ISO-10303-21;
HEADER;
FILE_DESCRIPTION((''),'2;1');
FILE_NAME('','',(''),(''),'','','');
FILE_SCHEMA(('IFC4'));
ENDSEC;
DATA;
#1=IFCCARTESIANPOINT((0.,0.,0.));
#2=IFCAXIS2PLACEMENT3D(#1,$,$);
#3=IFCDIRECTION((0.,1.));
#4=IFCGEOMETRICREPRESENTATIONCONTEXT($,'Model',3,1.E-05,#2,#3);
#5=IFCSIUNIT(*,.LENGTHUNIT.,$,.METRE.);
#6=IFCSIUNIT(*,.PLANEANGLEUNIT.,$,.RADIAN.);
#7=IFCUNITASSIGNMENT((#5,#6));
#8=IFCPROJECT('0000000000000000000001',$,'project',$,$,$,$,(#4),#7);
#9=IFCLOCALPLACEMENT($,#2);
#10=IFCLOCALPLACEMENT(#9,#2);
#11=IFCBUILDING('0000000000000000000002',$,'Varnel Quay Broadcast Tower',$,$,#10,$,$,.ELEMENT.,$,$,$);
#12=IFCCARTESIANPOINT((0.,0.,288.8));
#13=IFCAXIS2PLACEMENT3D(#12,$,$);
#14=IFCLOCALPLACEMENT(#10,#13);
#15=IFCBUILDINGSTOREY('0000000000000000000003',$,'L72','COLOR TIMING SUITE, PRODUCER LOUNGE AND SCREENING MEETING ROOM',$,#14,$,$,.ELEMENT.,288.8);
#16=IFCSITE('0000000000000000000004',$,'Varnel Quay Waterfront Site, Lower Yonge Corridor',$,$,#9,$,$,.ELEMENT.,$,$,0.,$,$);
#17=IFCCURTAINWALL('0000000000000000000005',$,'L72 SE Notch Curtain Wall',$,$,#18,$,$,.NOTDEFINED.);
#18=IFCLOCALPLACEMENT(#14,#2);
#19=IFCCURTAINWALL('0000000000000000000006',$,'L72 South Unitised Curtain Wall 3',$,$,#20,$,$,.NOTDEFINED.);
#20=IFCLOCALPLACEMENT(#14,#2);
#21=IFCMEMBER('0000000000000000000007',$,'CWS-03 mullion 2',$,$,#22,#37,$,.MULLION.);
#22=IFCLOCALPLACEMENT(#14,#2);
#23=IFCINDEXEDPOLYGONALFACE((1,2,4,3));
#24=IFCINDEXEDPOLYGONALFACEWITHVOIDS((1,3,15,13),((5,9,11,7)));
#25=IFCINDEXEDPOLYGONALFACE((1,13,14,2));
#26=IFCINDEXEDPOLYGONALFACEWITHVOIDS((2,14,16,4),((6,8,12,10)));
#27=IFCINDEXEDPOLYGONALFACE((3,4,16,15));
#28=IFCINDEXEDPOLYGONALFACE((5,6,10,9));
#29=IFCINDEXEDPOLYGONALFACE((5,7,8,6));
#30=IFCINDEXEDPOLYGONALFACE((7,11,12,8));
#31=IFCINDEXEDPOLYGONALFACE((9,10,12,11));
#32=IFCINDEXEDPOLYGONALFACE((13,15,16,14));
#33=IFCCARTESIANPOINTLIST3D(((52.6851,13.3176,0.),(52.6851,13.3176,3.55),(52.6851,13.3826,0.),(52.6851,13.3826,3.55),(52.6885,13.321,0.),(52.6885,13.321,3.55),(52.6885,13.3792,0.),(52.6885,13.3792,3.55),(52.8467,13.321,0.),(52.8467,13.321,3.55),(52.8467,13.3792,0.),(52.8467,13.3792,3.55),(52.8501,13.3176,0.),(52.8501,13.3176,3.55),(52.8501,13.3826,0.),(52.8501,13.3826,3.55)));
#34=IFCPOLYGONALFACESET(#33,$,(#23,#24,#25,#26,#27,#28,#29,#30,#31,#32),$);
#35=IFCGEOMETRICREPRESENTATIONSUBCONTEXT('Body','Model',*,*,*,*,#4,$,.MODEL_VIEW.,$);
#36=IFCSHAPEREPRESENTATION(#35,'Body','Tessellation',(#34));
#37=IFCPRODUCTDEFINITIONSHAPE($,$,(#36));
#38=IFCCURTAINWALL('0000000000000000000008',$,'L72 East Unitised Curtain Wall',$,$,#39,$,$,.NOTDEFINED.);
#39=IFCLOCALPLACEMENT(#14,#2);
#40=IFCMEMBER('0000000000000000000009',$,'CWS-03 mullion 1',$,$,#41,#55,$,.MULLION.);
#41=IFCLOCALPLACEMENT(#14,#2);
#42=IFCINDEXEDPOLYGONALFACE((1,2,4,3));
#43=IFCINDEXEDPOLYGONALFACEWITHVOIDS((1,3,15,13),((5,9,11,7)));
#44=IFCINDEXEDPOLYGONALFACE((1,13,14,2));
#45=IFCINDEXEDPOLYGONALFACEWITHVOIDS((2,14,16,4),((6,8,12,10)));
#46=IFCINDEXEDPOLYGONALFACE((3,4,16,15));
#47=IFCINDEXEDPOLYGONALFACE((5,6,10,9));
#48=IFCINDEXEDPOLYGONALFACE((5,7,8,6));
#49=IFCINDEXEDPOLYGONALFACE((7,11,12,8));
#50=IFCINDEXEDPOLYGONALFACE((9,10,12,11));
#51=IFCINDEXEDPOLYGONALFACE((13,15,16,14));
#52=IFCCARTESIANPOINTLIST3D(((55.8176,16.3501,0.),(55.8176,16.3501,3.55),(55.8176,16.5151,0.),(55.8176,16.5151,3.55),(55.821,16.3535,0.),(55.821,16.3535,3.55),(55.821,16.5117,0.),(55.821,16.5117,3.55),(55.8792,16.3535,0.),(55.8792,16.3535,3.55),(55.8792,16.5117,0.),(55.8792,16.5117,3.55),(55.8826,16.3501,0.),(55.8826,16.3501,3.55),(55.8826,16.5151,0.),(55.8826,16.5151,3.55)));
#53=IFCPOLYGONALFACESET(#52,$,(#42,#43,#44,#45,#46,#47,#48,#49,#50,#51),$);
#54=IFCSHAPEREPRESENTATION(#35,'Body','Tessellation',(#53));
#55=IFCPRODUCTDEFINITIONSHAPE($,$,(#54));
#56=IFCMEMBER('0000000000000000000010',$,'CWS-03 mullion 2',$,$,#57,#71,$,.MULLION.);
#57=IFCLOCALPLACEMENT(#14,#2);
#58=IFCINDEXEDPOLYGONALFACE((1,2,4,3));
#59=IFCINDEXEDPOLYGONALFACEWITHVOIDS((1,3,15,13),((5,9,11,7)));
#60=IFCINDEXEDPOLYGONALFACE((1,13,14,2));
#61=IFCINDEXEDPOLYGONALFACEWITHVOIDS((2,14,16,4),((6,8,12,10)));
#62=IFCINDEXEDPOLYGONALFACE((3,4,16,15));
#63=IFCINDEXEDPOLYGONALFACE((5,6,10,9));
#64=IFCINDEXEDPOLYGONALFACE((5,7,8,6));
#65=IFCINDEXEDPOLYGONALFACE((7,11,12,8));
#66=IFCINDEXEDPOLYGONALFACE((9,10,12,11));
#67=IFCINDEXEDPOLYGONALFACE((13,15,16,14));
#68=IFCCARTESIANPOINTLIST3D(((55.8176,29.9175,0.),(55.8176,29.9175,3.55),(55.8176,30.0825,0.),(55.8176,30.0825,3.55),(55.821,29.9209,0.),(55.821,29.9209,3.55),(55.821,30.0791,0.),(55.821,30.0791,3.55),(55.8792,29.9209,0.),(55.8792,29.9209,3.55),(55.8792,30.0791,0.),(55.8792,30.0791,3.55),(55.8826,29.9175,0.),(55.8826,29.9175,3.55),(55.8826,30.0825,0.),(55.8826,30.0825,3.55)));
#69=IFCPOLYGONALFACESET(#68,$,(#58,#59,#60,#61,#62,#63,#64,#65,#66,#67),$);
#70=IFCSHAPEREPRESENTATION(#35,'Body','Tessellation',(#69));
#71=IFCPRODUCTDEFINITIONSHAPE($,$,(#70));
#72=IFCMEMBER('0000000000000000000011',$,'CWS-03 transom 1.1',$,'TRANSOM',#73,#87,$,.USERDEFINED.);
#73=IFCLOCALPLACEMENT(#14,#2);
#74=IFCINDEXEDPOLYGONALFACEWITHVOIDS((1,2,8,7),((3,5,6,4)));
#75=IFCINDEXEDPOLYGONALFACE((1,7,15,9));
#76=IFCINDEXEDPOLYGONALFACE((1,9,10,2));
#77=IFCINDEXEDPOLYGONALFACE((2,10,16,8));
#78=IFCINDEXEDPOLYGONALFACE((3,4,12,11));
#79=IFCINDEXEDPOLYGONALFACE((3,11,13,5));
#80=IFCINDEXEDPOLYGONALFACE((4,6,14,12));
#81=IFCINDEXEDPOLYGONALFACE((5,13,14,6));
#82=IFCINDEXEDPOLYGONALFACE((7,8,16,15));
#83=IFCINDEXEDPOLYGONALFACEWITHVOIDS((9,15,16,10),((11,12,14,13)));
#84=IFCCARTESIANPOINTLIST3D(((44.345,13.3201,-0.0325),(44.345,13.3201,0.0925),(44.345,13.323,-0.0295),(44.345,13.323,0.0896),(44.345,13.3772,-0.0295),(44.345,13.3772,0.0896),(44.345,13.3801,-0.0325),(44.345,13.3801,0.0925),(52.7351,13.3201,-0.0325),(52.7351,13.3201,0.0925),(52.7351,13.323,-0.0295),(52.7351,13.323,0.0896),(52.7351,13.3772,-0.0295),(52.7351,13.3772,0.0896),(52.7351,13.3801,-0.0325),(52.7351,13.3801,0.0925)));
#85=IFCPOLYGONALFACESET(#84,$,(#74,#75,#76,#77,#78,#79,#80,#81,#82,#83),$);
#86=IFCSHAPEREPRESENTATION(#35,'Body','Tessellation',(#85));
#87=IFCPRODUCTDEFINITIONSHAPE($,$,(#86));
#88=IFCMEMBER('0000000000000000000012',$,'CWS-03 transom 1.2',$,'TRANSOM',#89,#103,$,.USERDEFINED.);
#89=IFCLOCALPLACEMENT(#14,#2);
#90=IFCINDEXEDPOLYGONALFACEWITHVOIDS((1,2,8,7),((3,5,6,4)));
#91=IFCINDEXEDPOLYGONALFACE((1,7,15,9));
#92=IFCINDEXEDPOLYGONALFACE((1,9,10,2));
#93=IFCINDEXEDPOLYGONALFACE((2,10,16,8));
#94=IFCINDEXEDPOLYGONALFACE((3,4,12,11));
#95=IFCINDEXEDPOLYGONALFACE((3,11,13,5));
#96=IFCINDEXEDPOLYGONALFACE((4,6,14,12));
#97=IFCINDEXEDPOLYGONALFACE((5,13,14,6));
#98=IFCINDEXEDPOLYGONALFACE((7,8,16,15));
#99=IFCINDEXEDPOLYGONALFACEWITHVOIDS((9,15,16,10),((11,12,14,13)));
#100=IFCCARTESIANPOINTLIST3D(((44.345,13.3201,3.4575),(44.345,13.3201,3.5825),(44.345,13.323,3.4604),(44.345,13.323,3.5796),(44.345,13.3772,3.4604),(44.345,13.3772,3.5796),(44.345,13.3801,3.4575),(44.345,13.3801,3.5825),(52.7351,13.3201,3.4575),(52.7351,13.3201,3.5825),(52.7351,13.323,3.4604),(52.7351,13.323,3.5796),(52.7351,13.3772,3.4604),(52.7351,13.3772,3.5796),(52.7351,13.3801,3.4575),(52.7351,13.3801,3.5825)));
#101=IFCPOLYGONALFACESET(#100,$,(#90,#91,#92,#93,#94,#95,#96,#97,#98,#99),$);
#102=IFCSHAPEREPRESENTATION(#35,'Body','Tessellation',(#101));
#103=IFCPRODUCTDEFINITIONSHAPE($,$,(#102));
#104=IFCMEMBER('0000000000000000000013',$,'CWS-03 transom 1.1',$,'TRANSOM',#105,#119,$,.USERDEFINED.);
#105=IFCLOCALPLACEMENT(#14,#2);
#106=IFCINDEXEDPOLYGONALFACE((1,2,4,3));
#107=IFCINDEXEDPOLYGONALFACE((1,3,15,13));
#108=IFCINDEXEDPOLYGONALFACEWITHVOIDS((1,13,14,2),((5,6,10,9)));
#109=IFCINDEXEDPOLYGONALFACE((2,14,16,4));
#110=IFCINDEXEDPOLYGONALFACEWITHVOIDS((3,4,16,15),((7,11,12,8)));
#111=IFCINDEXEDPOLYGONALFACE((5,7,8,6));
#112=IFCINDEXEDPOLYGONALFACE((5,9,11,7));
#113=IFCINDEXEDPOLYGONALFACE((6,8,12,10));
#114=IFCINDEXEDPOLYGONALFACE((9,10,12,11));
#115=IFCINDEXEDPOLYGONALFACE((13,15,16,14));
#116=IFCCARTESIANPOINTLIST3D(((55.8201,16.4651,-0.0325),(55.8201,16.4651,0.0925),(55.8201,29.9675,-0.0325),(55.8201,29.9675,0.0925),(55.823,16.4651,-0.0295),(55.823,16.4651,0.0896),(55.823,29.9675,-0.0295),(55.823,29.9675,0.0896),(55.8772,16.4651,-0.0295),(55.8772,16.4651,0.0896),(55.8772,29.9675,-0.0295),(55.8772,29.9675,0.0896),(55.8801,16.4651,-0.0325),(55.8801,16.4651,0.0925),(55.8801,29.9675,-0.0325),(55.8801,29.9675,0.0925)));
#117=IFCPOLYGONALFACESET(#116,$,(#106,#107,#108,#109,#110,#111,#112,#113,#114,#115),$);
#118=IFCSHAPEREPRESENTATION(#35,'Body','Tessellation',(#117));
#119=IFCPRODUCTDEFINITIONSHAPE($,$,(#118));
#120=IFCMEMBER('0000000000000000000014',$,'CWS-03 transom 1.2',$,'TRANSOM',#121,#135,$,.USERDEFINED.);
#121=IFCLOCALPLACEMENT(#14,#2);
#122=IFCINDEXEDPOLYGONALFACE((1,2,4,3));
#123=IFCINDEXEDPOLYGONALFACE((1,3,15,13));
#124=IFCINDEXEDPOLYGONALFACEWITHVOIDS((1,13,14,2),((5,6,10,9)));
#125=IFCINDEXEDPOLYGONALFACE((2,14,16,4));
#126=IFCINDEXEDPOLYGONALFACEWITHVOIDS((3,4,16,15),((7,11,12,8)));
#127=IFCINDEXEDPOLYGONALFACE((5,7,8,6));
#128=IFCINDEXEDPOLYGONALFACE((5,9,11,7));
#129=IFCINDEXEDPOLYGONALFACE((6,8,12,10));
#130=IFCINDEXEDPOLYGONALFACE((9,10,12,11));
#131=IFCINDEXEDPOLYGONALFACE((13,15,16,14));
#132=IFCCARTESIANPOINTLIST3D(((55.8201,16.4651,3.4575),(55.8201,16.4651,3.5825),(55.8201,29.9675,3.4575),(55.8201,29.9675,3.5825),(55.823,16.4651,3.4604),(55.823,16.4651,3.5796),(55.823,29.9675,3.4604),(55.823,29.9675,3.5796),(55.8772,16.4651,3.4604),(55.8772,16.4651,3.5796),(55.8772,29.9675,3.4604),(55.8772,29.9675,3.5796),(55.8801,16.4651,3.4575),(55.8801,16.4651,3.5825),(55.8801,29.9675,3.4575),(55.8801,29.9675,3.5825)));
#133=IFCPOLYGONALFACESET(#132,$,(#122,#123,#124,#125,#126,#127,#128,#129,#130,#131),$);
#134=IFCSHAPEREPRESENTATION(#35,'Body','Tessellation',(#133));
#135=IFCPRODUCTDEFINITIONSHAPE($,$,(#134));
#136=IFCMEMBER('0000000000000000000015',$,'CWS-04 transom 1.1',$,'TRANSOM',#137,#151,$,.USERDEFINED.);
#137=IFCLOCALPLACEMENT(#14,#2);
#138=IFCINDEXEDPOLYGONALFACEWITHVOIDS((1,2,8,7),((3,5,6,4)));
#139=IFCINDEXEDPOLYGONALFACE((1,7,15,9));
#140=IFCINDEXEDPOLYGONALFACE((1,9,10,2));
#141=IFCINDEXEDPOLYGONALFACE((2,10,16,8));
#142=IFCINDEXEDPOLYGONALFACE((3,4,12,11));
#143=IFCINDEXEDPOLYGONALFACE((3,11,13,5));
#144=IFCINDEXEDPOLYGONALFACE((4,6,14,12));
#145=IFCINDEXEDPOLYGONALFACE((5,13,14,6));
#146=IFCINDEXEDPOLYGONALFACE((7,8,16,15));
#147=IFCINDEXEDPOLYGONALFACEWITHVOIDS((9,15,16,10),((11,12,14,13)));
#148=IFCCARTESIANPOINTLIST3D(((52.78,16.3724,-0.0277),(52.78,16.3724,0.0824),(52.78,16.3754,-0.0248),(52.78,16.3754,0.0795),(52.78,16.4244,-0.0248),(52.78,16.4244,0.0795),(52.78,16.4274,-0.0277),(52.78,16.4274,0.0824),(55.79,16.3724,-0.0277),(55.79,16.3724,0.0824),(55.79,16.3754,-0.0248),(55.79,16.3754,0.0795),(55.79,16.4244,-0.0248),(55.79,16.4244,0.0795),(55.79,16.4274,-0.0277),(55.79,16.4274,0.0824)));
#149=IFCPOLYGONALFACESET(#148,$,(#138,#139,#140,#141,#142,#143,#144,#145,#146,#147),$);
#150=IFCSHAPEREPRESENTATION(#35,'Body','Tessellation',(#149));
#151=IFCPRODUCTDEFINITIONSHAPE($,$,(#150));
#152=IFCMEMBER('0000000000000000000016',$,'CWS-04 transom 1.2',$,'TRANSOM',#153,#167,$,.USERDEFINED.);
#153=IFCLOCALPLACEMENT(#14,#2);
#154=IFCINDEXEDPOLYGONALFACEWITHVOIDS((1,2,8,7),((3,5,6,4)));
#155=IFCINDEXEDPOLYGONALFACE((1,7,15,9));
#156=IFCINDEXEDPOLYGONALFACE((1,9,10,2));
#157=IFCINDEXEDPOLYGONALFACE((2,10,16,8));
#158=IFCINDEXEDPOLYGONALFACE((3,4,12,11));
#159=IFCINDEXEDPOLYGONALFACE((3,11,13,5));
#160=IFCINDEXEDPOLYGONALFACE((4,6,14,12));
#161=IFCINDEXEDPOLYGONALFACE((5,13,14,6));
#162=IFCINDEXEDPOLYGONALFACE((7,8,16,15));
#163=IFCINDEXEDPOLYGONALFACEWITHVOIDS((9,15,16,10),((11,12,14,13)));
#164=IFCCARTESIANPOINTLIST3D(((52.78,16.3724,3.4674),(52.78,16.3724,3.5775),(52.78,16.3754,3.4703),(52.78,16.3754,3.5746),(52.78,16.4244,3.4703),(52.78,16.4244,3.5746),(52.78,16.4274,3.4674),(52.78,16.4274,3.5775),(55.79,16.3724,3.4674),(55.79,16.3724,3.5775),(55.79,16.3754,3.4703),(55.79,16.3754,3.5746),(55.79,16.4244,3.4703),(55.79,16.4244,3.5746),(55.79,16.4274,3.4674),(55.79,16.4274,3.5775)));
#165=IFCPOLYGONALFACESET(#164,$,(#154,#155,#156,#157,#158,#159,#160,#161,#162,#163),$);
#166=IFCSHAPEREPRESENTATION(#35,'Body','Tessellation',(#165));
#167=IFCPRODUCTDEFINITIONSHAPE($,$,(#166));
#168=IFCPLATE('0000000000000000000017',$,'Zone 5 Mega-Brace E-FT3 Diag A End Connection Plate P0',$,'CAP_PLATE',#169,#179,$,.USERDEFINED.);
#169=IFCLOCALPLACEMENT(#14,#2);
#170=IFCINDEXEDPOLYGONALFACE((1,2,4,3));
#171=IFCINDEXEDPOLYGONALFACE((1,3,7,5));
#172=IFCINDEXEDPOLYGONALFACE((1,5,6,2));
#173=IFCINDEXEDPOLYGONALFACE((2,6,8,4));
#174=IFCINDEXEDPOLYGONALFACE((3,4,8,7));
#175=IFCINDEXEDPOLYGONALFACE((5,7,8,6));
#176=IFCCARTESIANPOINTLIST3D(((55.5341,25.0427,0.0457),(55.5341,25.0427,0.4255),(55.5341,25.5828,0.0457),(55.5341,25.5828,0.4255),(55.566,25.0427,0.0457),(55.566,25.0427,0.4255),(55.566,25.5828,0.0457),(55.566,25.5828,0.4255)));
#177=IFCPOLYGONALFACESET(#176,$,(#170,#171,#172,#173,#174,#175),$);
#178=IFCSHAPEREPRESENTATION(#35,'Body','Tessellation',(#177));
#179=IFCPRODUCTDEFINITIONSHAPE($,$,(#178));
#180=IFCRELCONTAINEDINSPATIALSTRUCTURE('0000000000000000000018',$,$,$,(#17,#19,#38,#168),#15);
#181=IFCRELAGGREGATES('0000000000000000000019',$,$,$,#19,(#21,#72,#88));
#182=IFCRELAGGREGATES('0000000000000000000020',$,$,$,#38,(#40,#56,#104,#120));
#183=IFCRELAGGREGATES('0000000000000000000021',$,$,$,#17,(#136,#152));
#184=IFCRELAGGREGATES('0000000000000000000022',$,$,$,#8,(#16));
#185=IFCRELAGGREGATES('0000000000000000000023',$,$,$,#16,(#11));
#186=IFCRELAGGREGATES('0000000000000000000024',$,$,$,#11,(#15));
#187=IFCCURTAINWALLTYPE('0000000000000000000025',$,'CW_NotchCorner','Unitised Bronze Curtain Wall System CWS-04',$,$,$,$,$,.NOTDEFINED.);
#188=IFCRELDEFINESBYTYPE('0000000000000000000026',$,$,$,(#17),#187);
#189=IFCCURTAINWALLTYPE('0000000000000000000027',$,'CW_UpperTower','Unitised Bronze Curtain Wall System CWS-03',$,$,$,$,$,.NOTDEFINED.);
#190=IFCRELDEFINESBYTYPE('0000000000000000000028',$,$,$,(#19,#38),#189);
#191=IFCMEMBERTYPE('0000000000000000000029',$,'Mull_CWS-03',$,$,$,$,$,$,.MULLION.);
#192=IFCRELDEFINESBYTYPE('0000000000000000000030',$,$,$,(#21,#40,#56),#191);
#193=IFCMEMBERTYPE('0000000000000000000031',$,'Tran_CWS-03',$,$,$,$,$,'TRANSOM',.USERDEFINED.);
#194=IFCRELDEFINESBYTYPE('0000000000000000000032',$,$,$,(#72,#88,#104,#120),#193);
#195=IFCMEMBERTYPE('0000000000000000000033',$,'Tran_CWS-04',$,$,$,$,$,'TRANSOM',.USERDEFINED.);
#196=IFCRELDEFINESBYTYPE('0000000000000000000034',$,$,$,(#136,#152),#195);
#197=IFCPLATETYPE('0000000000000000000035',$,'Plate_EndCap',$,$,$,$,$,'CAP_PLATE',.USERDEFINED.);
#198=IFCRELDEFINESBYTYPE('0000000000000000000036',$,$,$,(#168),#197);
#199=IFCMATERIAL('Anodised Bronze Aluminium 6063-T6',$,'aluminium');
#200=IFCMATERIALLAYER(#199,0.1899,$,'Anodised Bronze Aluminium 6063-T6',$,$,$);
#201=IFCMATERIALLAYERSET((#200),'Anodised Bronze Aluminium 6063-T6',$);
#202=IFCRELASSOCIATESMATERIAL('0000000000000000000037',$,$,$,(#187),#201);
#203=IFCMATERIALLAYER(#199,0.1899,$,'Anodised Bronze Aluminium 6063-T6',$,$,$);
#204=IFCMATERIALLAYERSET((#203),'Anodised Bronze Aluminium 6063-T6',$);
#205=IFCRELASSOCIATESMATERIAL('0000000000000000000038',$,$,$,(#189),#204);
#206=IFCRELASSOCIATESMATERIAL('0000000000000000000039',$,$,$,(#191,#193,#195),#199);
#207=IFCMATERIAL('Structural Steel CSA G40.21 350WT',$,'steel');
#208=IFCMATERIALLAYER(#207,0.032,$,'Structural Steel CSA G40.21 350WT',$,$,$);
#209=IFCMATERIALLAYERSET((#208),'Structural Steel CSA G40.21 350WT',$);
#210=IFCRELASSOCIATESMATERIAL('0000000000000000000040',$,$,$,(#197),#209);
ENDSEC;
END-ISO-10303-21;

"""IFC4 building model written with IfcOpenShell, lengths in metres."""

from ifc_helpers import new_model, si_unit, direction, frame, origin, origin_2d, place, context, subcontext, project, spatial, rectangle, hollow_rectangle, extrude, source, transform, mapped, material, layer, layer_set, material_profile, profile_set, type_object, type_shapes, element, aggregate, save


model = new_model("IFC4")

# Units and contexts
model_context = context("Model", 3, precision=1e-05, world=origin(), true_north=direction((0.0, 1.0)))
body_context = subcontext(model_context, "Body", "Model", "MODEL_VIEW")
ifc_project = project(units=[si_unit("LENGTHUNIT", "METRE"), si_unit("PLANEANGLEUNIT", "RADIAN")], contexts=[model_context])

# Site, building, storey
site_placement = place(None, origin())
site = spatial("IfcSite", under=ifc_project, at=site_placement, Name="Varnel Quay Waterfront Site, Lower Yonge Corridor", CompositionType="ELEMENT", RefElevation=0.0)
building_placement = place(site_placement, origin())
building = spatial("IfcBuilding", under=site, at=building_placement, Name="Varnel Quay Broadcast Tower", CompositionType="ELEMENT")
storey_placement = place(building_placement, frame((0.0, 0.0, 288.8)))
storey = spatial("IfcBuildingStorey", under=building, at=storey_placement, Name="L72", Description="COLOR TIMING SUITE, PRODUCER LOUNGE AND SCREENING MEETING ROOM", CompositionType="ELEMENT", Elevation=288.8)

# Shared definitions
ifc_material_1 = material(Name="Structural Steel CSA G40.21 350WT", Category="steel")

# Curtain walls, members
ifc_material_2 = material(Name="Anodised Bronze Aluminium 6063-T6", Category="aluminium")
ifc_layer_1 = layer(ifc_material_2, 0.1899, Name="Anodised Bronze Aluminium 6063-T6")
ifc_layer_set_1 = layer_set([ifc_layer_1], Name="Anodised Bronze Aluminium 6063-T6")
curtain_wall_type_1 = type_object("IfcCurtainWallType", Name="CW_NotchCorner", Description="Unitised Bronze Curtain Wall System CWS-04", PredefinedType="NOTDEFINED", material=ifc_layer_set_1)
curtain_wall_1_placement = place(storey_placement, origin())
curtain_wall_1 = element("IfcCurtainWall", 1, at=curtain_wall_1_placement, inside=storey, type_object=curtain_wall_type_1, Name="L72 SE Notch Curtain Wall", PredefinedType="NOTDEFINED")
ifc_layer_2 = layer(ifc_material_2, 0.1899, Name="Anodised Bronze Aluminium 6063-T6")
ifc_layer_set_2 = layer_set([ifc_layer_2], Name="Anodised Bronze Aluminium 6063-T6")
curtain_wall_type_2 = type_object("IfcCurtainWallType", Name="CW_UpperTower", Description="Unitised Bronze Curtain Wall System CWS-03", PredefinedType="NOTDEFINED", material=ifc_layer_set_2)
curtain_wall_2_placement = place(storey_placement, origin())
curtain_wall_2 = element("IfcCurtainWall", 2, at=curtain_wall_2_placement, inside=storey, type_object=curtain_wall_type_2, Name="L72 South Unitised Curtain Wall 3", PredefinedType="NOTDEFINED")
ifc_material_profile_1 = material_profile(ifc_material_2, hollow_rectangle(XDim=0.0649, YDim=0.165, WallThickness=0.0034, at=origin_2d()), Name="ALU65X165X3.5")
ifc_profile_set_1 = profile_set([ifc_material_profile_1], Name="Anodised Bronze Aluminium 6063-T6")
member_type_1 = type_object("IfcMemberType", Name="Mull_CWS-03", PredefinedType="MULLION", material=ifc_profile_set_1)
shared_shape_1 = source(origin(), body_context, "Body", "SweptSolid", [
    extrude(hollow_rectangle(XDim=0.0649, YDim=0.165, WallThickness=0.0034, at=origin_2d()), origin(), (0.0, 0.0, 1.0), 3.55),
])
type_shapes(member_type_1, [shared_shape_1])
member_1_placement = place(storey_placement, frame((52.7676, 13.3501, 0.0), z_axis=(0.0, 0.0, 1.0), x_axis=(0.0, 1.0, 0.0)))
member_1 = element("IfcMember", 3, at=member_1_placement, type_object=member_type_1, Name="CWS-03 mullion 2", PredefinedType="MULLION", context=body_context, shape_type="MappedRepresentation", body=[
    mapped(shared_shape_1, transform((0.0, 0.0, 0.0), x_axis=(1.0, 0.0, 0.0), y_axis=(0.0, 1.0, 0.0), z_axis=(0.0, 0.0, 1.0), scale=1.0)),
])
curtain_wall_3_placement = place(storey_placement, origin())
curtain_wall_3 = element("IfcCurtainWall", 4, at=curtain_wall_3_placement, inside=storey, type_object=curtain_wall_type_2, Name="L72 East Unitised Curtain Wall", PredefinedType="NOTDEFINED")
member_2_placement = place(storey_placement, frame((55.8501, 16.4326, 0.0), z_axis=(0.0, 0.0, 1.0), x_axis=(-1.0, 0.0, 0.0)))
member_2 = element("IfcMember", 5, at=member_2_placement, type_object=member_type_1, Name="CWS-03 mullion 1", PredefinedType="MULLION", context=body_context, shape_type="MappedRepresentation", body=[
    mapped(shared_shape_1, transform((0.0, 0.0, 0.0), x_axis=(1.0, 0.0, 0.0), y_axis=(0.0, 1.0, 0.0), z_axis=(0.0, 0.0, 1.0), scale=1.0)),
])
member_3_placement = place(storey_placement, frame((55.8501, 30.0, 0.0), z_axis=(0.0, 0.0, 1.0), x_axis=(-1.0, 0.0, 0.0)))
member_3 = element("IfcMember", 6, at=member_3_placement, type_object=member_type_1, Name="CWS-03 mullion 2", PredefinedType="MULLION", context=body_context, shape_type="MappedRepresentation", body=[
    mapped(shared_shape_1, transform((0.0, 0.0, 0.0), x_axis=(1.0, 0.0, 0.0), y_axis=(0.0, 1.0, 0.0), z_axis=(0.0, 0.0, 1.0), scale=1.0)),
])

# Members
ifc_material_profile_2 = material_profile(ifc_material_2, hollow_rectangle(XDim=0.0601, YDim=0.125, WallThickness=0.0029, at=origin_2d()), Name="ALU60X125X3")
ifc_profile_set_2 = profile_set([ifc_material_profile_2], Name="Anodised Bronze Aluminium 6063-T6")
member_type_2 = type_object("IfcMemberType", Name="Tran_CWS-03", ElementType="TRANSOM", PredefinedType="USERDEFINED", material=ifc_profile_set_2)
shared_shape_2 = source(origin(), body_context, "Body", "SweptSolid", [
    extrude(hollow_rectangle(XDim=0.0601, YDim=0.125, WallThickness=0.0029, at=origin_2d()), origin(), (0.0, 0.0, 1.0), 8.3901),
])
member_4_placement = place(storey_placement, frame((44.345, 13.3501, 0.03), z_axis=(1.0, 0.0, 0.0), x_axis=(0.0, 1.0, 0.0)))
member_4 = element("IfcMember", 7, at=member_4_placement, type_object=member_type_2, Name="CWS-03 transom 1.1", ObjectType="TRANSOM", PredefinedType="USERDEFINED", context=body_context, shape_type="MappedRepresentation", body=[
    mapped(shared_shape_2, transform((0.0, 0.0, 0.0), x_axis=(1.0, 0.0, 0.0), y_axis=(0.0, 1.0, 0.0), z_axis=(0.0, 0.0, 1.0), scale=1.0)),
])
member_5_placement = place(storey_placement, frame((44.345, 13.3501, 3.52), z_axis=(1.0, 0.0, 0.0), x_axis=(0.0, 1.0, 0.0)))
member_5 = element("IfcMember", 8, at=member_5_placement, type_object=member_type_2, Name="CWS-03 transom 1.2", ObjectType="TRANSOM", PredefinedType="USERDEFINED", context=body_context, shape_type="MappedRepresentation", body=[
    mapped(shared_shape_2, transform((0.0, 0.0, 0.0), x_axis=(1.0, 0.0, 0.0), y_axis=(0.0, 1.0, 0.0), z_axis=(0.0, 0.0, 1.0), scale=1.0)),
])
shared_shape_3 = source(origin(), body_context, "Body", "SweptSolid", [
    extrude(hollow_rectangle(XDim=0.0601, YDim=0.125, WallThickness=0.0029, at=origin_2d()), origin(), (0.0, 0.0, 1.0), 13.5024),
])
type_shapes(member_type_2, [shared_shape_2, shared_shape_3])
member_6_placement = place(storey_placement, frame((55.8501, 16.4651, 0.03), z_axis=(0.0, 1.0, 0.0), x_axis=(-1.0, 0.0, 0.0)))
member_6 = element("IfcMember", 9, at=member_6_placement, type_object=member_type_2, Name="CWS-03 transom 1.1", ObjectType="TRANSOM", PredefinedType="USERDEFINED", context=body_context, shape_type="MappedRepresentation", body=[
    mapped(shared_shape_3, transform((0.0, 0.0, 0.0), x_axis=(1.0, 0.0, 0.0), y_axis=(0.0, 1.0, 0.0), z_axis=(0.0, 0.0, 1.0), scale=1.0)),
])
member_7_placement = place(storey_placement, frame((55.8501, 16.4651, 3.52), z_axis=(0.0, 1.0, 0.0), x_axis=(-1.0, 0.0, 0.0)))
member_7 = element("IfcMember", 10, at=member_7_placement, type_object=member_type_2, Name="CWS-03 transom 1.2", ObjectType="TRANSOM", PredefinedType="USERDEFINED", context=body_context, shape_type="MappedRepresentation", body=[
    mapped(shared_shape_3, transform((0.0, 0.0, 0.0), x_axis=(1.0, 0.0, 0.0), y_axis=(0.0, 1.0, 0.0), z_axis=(0.0, 0.0, 1.0), scale=1.0)),
])
ifc_material_profile_3 = material_profile(ifc_material_2, hollow_rectangle(XDim=0.0549, YDim=0.1101, WallThickness=0.0029, at=origin_2d()), Name="ALU55X110X3")
ifc_profile_set_3 = profile_set([ifc_material_profile_3], Name="Anodised Bronze Aluminium 6063-T6")
member_type_3 = type_object("IfcMemberType", Name="Tran_CWS-04", ElementType="TRANSOM", PredefinedType="USERDEFINED", material=ifc_profile_set_3)
shared_shape_4 = source(origin(), body_context, "Body", "SweptSolid", [
    extrude(hollow_rectangle(XDim=0.0549, YDim=0.1101, WallThickness=0.0029, at=origin_2d()), origin(), (0.0, 0.0, 1.0), 3.01),
])
type_shapes(member_type_3, [shared_shape_4])
member_8_placement = place(storey_placement, frame((52.78, 16.3999, 0.0273), z_axis=(1.0, 0.0, 0.0), x_axis=(0.0, 1.0, 0.0)))
member_8 = element("IfcMember", 11, at=member_8_placement, type_object=member_type_3, Name="CWS-04 transom 1.1", ObjectType="TRANSOM", PredefinedType="USERDEFINED", context=body_context, shape_type="MappedRepresentation", body=[
    mapped(shared_shape_4, transform((0.0, 0.0, 0.0), x_axis=(1.0, 0.0, 0.0), y_axis=(0.0, 1.0, 0.0), z_axis=(0.0, 0.0, 1.0), scale=1.0)),
])
member_9_placement = place(storey_placement, frame((52.78, 16.3999, 3.5225), z_axis=(1.0, 0.0, 0.0), x_axis=(0.0, 1.0, 0.0)))
member_9 = element("IfcMember", 12, at=member_9_placement, type_object=member_type_3, Name="CWS-04 transom 1.2", ObjectType="TRANSOM", PredefinedType="USERDEFINED", context=body_context, shape_type="MappedRepresentation", body=[
    mapped(shared_shape_4, transform((0.0, 0.0, 0.0), x_axis=(1.0, 0.0, 0.0), y_axis=(0.0, 1.0, 0.0), z_axis=(0.0, 0.0, 1.0), scale=1.0)),
])

# Plate
ifc_layer_3 = layer(ifc_material_1, 0.032, Name="Structural Steel CSA G40.21 350WT")
ifc_layer_set_3 = layer_set([ifc_layer_3], Name="Structural Steel CSA G40.21 350WT")
plate_type_1 = type_object("IfcPlateType", Name="Plate_EndCap", ElementType="CAP_PLATE", PredefinedType="USERDEFINED", material=ifc_layer_set_3)
shared_shape_5 = source(origin(), body_context, "Body", "SweptSolid", [
    extrude(rectangle(XDim=0.54, YDim=0.032, at=origin_2d()), origin(), (0.0, 0.0, 1.0), 0.3799),
])
type_shapes(plate_type_1, [shared_shape_5])
plate_1_placement = place(storey_placement, frame((55.55, 25.3127, 0.0457), z_axis=(0.0, 0.0, 1.0), x_axis=(0.0, 1.0, 0.0)))
element("IfcPlate", 13, at=plate_1_placement, inside=storey, type_object=plate_type_1, Name="Zone 5 Mega-Brace E-FT3 Diag A End Connection Plate P0", ObjectType="CAP_PLATE", PredefinedType="USERDEFINED", context=body_context, shape_type="MappedRepresentation", body=[
    mapped(shared_shape_5, transform((0.0, 0.0, 0.0), x_axis=(1.0, 0.0, 0.0), y_axis=(0.0, 1.0, 0.0), z_axis=(0.0, 0.0, 1.0), scale=1.0)),
])
aggregate(curtain_wall_2, [member_1, member_4, member_5])
aggregate(curtain_wall_3, [member_2, member_3, member_6, member_7])
aggregate(curtain_wall_1, [member_8, member_9])

save(model, "model.ifc")
